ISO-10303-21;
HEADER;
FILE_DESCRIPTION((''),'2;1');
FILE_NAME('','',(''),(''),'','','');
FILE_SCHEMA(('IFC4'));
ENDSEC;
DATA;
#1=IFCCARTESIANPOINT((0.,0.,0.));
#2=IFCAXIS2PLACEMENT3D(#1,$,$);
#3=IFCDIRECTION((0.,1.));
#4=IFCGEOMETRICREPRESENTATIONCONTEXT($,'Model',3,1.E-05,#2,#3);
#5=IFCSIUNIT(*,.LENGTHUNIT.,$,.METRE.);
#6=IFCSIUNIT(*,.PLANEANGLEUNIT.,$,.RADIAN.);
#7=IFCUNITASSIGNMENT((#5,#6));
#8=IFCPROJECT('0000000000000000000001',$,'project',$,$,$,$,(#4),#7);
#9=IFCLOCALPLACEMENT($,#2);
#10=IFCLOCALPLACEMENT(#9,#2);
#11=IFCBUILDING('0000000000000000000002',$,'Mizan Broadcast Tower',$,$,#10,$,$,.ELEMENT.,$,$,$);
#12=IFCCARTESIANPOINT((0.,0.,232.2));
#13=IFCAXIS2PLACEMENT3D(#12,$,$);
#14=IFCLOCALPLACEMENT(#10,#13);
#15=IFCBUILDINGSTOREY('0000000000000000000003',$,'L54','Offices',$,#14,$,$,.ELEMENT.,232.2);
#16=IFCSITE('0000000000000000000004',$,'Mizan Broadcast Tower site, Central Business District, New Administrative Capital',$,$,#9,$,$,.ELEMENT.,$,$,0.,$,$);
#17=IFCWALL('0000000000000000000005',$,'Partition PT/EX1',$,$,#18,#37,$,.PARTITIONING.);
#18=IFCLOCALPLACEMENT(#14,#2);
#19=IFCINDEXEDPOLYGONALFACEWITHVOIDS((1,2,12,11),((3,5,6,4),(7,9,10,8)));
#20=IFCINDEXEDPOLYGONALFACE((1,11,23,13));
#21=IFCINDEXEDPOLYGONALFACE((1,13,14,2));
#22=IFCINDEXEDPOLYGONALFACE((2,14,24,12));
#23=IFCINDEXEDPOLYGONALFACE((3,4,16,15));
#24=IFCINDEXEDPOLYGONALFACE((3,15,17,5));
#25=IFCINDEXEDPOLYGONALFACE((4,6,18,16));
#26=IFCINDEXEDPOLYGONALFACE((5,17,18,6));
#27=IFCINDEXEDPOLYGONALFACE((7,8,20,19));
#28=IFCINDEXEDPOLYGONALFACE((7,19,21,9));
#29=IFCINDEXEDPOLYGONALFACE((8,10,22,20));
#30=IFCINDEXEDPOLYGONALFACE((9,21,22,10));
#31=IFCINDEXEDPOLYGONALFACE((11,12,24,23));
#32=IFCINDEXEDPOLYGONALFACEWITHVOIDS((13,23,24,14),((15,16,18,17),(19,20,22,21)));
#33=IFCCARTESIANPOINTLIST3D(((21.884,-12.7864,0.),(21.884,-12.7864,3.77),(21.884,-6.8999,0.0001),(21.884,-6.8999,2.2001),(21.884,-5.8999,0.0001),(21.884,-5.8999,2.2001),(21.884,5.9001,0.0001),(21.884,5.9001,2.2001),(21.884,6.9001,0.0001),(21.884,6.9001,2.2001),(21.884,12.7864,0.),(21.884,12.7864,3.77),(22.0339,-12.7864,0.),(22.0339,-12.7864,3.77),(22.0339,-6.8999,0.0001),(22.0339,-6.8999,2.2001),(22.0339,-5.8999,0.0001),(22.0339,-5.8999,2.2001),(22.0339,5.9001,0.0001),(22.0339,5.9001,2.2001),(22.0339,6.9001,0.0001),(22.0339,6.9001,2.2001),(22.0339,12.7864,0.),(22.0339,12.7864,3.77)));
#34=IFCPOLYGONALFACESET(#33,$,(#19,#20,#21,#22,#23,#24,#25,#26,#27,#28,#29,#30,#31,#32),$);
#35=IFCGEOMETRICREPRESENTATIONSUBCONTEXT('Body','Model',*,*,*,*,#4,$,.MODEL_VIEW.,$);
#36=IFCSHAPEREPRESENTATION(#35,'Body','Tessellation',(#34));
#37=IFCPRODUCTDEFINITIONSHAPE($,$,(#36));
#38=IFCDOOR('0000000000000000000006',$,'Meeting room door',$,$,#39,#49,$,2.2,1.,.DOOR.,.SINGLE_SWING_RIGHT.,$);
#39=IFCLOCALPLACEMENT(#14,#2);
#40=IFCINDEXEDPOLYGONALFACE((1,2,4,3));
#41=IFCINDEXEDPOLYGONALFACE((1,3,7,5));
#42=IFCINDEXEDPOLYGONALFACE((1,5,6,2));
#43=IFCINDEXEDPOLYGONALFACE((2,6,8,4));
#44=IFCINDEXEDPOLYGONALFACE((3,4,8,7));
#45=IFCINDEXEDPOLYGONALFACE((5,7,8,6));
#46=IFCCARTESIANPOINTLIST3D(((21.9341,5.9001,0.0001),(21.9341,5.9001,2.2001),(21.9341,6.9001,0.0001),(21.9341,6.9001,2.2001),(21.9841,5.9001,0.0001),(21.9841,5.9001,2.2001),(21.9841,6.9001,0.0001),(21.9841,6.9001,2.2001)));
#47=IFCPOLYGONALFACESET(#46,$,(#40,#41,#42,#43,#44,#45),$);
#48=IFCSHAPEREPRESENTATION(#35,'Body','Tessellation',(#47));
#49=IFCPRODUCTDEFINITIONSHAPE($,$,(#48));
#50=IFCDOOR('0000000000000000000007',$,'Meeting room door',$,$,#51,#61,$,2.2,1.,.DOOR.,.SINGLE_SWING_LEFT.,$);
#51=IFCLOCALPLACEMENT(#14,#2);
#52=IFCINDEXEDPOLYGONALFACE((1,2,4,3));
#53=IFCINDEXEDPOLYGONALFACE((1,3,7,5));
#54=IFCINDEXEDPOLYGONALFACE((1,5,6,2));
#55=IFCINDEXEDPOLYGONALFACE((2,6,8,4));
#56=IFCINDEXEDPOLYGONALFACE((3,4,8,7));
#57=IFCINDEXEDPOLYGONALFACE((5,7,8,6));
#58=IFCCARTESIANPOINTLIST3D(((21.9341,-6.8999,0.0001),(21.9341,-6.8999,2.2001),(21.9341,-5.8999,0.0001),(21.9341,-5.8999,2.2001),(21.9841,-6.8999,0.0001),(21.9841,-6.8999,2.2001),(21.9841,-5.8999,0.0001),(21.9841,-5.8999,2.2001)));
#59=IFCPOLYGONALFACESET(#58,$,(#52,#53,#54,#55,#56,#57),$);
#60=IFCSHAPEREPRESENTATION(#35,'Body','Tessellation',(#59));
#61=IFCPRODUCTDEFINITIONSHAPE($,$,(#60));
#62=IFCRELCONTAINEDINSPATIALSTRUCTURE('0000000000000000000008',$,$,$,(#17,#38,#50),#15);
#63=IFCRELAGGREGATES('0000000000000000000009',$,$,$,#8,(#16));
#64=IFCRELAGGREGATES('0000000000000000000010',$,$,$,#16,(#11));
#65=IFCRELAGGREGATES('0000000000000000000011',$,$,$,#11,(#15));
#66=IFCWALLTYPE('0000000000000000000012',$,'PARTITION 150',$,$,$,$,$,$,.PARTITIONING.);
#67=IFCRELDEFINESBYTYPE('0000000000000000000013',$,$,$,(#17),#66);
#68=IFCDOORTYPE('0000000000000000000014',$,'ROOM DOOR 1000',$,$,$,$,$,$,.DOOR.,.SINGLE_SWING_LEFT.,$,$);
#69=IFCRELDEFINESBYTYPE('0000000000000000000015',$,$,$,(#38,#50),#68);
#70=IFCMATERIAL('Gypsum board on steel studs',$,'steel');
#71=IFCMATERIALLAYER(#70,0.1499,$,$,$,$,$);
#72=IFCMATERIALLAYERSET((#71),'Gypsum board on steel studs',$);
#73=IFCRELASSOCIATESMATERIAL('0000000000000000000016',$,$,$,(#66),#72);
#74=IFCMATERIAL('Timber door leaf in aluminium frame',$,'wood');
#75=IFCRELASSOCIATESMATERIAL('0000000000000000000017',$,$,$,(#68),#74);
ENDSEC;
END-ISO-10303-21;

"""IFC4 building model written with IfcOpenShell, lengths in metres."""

from ifc_helpers import new_model, si_unit, direction, frame, frame_2d, origin, place, context, subcontext, project, spatial, rectangle, extrude, material, layer, layer_set, type_object, element, fill, save


model = new_model("IFC4")

# Units and contexts
model_context = context("Model", 3, precision=1e-05, world=origin(), true_north=direction((0.0, 1.0)))
body_context = subcontext(model_context, "Body", "Model", "MODEL_VIEW")
ifc_project = project(units=[si_unit("LENGTHUNIT", "METRE"), si_unit("PLANEANGLEUNIT", "RADIAN")], contexts=[model_context])

# Site, building, storey
site_placement = place(None, origin())
site = spatial("IfcSite", under=ifc_project, at=site_placement, Name="Mizan Broadcast Tower site, Central Business District, New Administrative Capital", CompositionType="ELEMENT", RefElevation=0.0)
building_placement = place(site_placement, origin())
building = spatial("IfcBuilding", under=site, at=building_placement, Name="Mizan Broadcast Tower", CompositionType="ELEMENT")
storey_placement = place(building_placement, frame((0.0, 0.0, 232.2)))
storey = spatial("IfcBuildingStorey", under=building, at=storey_placement, Name="L54", Description="Offices", CompositionType="ELEMENT", Elevation=232.2)

# Wall, openings, doors
ifc_material_1 = material(Name="Gypsum board on steel studs", Category="steel")
ifc_layer_1 = layer(ifc_material_1, 0.1499)
ifc_layer_set_1 = layer_set([ifc_layer_1], Name="Gypsum board on steel studs")
wall_type_1 = type_object("IfcWallType", Name="PARTITION 150", PredefinedType="PARTITIONING", material=ifc_layer_set_1)
wall_1_placement = place(storey_placement, frame((21.959, -12.7864, 0.0), z_axis=(0.0, 0.0, 1.0), x_axis=(0.0, 1.0, 0.0)))
wall_1 = element("IfcWall", 1, at=wall_1_placement, inside=storey, type_object=wall_type_1, Name="Partition PT/EX1", PredefinedType="PARTITIONING", context=body_context, shape_type="SweptSolid", body=[
    extrude(rectangle(XDim=25.5728, YDim=0.1499, at=frame_2d((12.7864, 0.0))), origin(), (0.0, 0.0, 1.0), 3.77),
])
opening_1_placement = place(wall_1_placement, frame((18.6865, 0.0, 0.0)))
opening_1 = element("IfcOpeningElement", 2, at=opening_1_placement, cuts=wall_1, PredefinedType="OPENING", context=body_context, shape_type="SweptSolid", body=[
    extrude(rectangle(XDim=1.0, YDim=2.2, at=frame_2d((0.5, 1.1001))), frame((0.0, 0.085, 0.0), z_axis=(0.0, -1.0, 0.0), x_axis=(1.0, 0.0, 0.0)), (0.0, 0.0, 1.0), 0.1699),
])
opening_2_placement = place(wall_1_placement, frame((5.8865, 0.0, 0.0)))
opening_2 = element("IfcOpeningElement", 3, at=opening_2_placement, cuts=wall_1, PredefinedType="OPENING", context=body_context, shape_type="SweptSolid", body=[
    extrude(rectangle(XDim=1.0, YDim=2.2, at=frame_2d((0.5, 1.1001))), frame((0.0, 0.085, 0.0), z_axis=(0.0, -1.0, 0.0), x_axis=(1.0, 0.0, 0.0)), (0.0, 0.0, 1.0), 0.1699),
])
ifc_material_2 = material(Name="Timber door leaf in aluminium frame", Category="wood")
door_type_1 = type_object("IfcDoorType", Name="ROOM DOOR 1000", OperationType="SINGLE_SWING_LEFT", PredefinedType="DOOR", material=ifc_material_2)
door_1_placement = place(opening_1_placement, origin())
door_1 = element("IfcDoor", 4, at=door_1_placement, inside=storey, type_object=door_type_1, Name="Meeting room door", OperationType="SINGLE_SWING_RIGHT", OverallHeight=2.2, OverallWidth=1.0, PredefinedType="DOOR", context=body_context, shape_type="SweptSolid", body=[
    extrude(rectangle(XDim=1.0, YDim=2.2, at=frame_2d((0.5, 1.1001))), frame((0.0, 0.0249, 0.0), z_axis=(0.0, -1.0, 0.0), x_axis=(1.0, 0.0, 0.0)), (0.0, 0.0, 1.0), 0.05),
])
fill(opening_1, door_1)
door_2_placement = place(opening_2_placement, origin())
door_2 = element("IfcDoor", 5, at=door_2_placement, inside=storey, type_object=door_type_1, Name="Meeting room door", OperationType="SINGLE_SWING_LEFT", OverallHeight=2.2, OverallWidth=1.0, PredefinedType="DOOR", context=body_context, shape_type="SweptSolid", body=[
    extrude(rectangle(XDim=1.0, YDim=2.2, at=frame_2d((0.5, 1.1001))), frame((0.0, 0.0249, 0.0), z_axis=(0.0, -1.0, 0.0), x_axis=(1.0, 0.0, 0.0)), (0.0, 0.0, 1.0), 0.05),
])
fill(opening_2, door_2)

save(model, "model.ifc")
